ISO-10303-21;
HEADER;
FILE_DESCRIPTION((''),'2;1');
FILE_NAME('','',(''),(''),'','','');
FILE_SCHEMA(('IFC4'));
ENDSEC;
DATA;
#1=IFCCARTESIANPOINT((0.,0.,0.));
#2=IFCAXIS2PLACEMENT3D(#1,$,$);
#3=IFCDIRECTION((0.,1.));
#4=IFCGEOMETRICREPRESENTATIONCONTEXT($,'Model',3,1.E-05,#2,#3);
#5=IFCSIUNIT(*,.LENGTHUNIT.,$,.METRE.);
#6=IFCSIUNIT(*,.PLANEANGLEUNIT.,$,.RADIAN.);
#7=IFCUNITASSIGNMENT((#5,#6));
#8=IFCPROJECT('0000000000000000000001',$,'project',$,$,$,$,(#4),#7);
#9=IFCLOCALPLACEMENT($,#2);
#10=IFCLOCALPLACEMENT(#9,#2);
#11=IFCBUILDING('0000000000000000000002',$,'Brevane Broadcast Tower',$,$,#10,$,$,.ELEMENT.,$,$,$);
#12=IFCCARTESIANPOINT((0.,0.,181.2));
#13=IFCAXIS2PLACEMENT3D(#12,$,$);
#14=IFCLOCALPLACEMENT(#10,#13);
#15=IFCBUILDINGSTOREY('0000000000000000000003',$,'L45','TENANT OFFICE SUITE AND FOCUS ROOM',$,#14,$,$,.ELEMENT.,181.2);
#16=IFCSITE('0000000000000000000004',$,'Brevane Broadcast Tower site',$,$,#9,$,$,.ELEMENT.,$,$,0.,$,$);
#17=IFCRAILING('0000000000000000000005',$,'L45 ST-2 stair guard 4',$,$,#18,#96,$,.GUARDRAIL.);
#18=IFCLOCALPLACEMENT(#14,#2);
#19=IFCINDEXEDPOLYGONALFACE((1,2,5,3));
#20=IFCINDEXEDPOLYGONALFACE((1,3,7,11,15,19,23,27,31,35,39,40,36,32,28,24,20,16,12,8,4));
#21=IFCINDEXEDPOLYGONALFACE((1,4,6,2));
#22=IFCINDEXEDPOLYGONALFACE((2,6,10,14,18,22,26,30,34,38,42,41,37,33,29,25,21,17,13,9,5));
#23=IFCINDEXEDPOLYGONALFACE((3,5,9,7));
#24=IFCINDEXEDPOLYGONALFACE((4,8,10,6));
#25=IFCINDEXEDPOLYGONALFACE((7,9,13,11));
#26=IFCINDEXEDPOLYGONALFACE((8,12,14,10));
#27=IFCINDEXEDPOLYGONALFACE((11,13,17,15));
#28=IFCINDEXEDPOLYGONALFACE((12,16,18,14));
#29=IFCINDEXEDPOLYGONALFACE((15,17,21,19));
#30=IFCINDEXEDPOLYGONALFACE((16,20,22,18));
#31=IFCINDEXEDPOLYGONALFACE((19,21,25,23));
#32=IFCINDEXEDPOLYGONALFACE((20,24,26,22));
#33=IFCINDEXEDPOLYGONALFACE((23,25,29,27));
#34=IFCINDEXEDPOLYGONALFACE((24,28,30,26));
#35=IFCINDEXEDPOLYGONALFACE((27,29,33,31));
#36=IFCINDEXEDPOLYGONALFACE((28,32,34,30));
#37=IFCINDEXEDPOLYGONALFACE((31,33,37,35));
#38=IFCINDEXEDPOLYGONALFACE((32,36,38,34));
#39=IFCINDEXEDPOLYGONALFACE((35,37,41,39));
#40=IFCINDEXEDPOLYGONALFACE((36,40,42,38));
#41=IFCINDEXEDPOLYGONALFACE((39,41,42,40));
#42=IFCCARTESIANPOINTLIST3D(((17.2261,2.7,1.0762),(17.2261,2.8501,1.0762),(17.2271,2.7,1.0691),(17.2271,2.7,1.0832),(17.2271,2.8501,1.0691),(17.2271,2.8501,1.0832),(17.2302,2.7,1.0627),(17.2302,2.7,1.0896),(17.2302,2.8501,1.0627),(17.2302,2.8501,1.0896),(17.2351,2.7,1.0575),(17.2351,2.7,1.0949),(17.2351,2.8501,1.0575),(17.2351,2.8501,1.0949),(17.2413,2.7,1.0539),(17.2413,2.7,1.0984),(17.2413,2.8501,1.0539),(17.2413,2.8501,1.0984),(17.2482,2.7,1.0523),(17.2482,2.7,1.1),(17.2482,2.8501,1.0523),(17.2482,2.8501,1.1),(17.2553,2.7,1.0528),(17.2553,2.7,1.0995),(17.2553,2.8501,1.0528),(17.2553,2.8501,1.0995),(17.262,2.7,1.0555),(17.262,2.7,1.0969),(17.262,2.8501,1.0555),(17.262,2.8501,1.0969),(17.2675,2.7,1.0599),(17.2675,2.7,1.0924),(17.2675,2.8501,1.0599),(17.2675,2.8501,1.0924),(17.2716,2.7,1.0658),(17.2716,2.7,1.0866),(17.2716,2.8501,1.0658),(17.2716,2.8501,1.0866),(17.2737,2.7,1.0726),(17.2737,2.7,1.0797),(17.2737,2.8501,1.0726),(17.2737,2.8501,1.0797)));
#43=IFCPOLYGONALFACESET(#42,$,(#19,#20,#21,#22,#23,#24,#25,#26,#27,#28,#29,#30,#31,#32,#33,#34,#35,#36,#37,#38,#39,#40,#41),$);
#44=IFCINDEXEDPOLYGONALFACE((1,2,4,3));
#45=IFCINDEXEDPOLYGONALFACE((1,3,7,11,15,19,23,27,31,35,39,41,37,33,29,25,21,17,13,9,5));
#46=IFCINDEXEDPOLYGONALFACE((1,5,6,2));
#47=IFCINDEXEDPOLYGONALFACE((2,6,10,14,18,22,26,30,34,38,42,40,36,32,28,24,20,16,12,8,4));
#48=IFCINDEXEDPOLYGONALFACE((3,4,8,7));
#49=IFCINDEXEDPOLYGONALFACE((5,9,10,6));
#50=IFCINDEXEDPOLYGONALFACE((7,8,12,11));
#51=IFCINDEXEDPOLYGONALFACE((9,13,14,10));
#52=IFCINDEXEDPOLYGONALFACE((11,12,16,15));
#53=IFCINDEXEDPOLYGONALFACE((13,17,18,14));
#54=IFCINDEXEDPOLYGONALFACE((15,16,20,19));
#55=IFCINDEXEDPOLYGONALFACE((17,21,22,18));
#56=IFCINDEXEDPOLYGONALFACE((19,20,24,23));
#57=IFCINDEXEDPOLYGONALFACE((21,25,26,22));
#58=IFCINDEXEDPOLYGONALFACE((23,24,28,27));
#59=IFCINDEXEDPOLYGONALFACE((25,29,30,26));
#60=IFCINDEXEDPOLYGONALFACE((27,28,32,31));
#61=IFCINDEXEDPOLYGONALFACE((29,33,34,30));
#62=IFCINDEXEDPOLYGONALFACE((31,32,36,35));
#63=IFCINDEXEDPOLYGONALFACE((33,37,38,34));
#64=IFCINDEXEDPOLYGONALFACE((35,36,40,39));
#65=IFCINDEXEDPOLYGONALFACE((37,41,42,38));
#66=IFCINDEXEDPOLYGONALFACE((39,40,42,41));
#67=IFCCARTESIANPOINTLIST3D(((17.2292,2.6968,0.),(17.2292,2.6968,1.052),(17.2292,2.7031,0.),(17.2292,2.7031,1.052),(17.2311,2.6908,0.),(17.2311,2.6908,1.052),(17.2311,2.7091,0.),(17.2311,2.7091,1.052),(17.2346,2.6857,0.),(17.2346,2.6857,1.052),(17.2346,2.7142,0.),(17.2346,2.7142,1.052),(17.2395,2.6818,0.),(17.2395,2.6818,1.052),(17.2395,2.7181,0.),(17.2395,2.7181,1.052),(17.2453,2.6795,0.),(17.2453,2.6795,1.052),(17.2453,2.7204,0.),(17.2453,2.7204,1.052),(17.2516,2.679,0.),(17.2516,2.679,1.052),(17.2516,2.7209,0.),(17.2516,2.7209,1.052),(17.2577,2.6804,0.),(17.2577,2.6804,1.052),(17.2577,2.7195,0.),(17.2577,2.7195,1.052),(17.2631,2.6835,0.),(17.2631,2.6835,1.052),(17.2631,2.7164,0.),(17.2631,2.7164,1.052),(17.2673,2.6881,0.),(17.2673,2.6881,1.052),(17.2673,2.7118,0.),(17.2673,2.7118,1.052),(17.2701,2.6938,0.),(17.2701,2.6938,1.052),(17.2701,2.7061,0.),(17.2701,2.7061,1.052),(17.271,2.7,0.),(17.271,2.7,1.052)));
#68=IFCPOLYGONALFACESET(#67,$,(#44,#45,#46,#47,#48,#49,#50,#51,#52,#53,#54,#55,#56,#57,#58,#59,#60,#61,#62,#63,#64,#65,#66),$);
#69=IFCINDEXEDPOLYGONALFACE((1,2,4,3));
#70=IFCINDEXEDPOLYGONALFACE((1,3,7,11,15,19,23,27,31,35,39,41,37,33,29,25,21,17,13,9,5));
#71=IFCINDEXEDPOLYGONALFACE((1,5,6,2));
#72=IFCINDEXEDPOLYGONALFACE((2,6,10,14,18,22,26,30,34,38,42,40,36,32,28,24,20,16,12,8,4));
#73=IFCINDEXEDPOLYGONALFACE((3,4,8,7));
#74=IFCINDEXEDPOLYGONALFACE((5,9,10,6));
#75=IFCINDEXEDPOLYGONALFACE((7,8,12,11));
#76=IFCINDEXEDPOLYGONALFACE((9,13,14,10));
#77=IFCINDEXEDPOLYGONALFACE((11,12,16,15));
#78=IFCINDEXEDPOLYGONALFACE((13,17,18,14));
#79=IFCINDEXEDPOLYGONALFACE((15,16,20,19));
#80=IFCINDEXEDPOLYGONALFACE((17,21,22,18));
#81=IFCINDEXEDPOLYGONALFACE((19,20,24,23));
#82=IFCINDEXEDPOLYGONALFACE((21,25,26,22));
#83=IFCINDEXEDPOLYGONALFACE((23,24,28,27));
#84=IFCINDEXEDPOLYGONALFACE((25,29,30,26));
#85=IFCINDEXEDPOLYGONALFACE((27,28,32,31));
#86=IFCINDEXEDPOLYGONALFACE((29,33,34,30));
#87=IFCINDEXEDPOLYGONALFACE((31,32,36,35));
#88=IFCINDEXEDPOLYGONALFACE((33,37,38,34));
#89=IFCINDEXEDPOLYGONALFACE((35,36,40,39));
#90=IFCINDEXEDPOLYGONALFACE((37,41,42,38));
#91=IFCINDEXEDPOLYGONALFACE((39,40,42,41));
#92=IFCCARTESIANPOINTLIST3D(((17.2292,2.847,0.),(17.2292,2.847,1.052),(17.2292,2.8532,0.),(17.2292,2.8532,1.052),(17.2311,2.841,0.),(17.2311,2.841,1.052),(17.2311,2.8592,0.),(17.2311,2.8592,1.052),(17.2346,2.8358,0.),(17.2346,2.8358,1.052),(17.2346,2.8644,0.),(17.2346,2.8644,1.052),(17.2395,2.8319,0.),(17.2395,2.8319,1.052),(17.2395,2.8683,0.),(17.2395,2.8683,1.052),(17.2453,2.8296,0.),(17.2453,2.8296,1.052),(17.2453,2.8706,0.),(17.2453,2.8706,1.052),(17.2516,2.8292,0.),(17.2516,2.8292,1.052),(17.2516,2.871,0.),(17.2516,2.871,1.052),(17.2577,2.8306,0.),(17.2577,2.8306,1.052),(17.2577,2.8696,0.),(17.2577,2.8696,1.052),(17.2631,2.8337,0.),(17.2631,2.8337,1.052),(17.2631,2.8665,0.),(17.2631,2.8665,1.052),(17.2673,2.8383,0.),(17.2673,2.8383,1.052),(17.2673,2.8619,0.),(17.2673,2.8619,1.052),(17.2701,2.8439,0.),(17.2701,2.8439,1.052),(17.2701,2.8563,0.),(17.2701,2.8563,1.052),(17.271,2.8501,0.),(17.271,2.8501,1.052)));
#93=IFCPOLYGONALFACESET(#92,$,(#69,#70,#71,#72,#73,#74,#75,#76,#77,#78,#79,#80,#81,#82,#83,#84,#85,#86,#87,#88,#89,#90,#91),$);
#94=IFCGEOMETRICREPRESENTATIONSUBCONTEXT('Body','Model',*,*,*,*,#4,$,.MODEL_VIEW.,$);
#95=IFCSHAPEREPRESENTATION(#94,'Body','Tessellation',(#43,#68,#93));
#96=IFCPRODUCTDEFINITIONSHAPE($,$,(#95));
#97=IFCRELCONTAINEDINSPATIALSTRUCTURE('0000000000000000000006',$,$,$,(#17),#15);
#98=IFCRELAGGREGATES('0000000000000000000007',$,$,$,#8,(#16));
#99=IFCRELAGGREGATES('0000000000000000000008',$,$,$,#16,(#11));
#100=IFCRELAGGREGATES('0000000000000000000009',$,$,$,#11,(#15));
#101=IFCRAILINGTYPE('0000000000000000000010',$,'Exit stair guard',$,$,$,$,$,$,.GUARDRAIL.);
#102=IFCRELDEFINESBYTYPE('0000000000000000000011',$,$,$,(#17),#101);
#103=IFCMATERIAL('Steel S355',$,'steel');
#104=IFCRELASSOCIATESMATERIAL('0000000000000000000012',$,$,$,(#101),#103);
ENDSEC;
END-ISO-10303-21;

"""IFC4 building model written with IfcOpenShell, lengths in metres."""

from ifc_helpers import new_model, si_unit, direction, frame, origin, origin_2d, place, context, subcontext, project, spatial, circle, extrude, material, type_object, element, save


model = new_model("IFC4")

# Units and contexts
model_context = context("Model", 3, precision=1e-05, world=origin(), true_north=direction((0.0, 1.0)))
body_context = subcontext(model_context, "Body", "Model", "MODEL_VIEW")
ifc_project = project(units=[si_unit("LENGTHUNIT", "METRE"), si_unit("PLANEANGLEUNIT", "RADIAN")], contexts=[model_context])

# Site, building, storey
site_placement = place(None, origin())
site = spatial("IfcSite", under=ifc_project, at=site_placement, Name="Brevane Broadcast Tower site", CompositionType="ELEMENT", RefElevation=0.0)
building_placement = place(site_placement, origin())
building = spatial("IfcBuilding", under=site, at=building_placement, Name="Brevane Broadcast Tower", CompositionType="ELEMENT")
storey_placement = place(building_placement, frame((0.0, 0.0, 181.2)))
storey = spatial("IfcBuildingStorey", under=building, at=storey_placement, Name="L45", Description="TENANT OFFICE SUITE AND FOCUS ROOM", CompositionType="ELEMENT", Elevation=181.2)

# Railing
ifc_material_1 = material(Name="Steel S355", Category="steel")
railing_type = type_object("IfcRailingType", Name="Exit stair guard", PredefinedType="GUARDRAIL", material=ifc_material_1)
railing_placement = place(storey_placement, frame((17.25, 2.7, 0.0)))
element("IfcRailing", 1, at=railing_placement, inside=storey, type_object=railing_type, Name="L45 ST-2 stair guard 4", PredefinedType="GUARDRAIL", context=body_context, shape_type="SweptSolid", body=[
    extrude(circle(Radius=0.0239, at=origin_2d()), frame((0.0, 0.0, 1.0762), z_axis=(0.0, 1.0, 0.0), x_axis=(-1.0, 0.0, 0.0)), (0.0, 0.0, 1.0), 0.1501),
    extrude(circle(Radius=0.021, at=origin_2d()), origin(), (0.0, 0.0, 1.0), 1.052),
    extrude(circle(Radius=0.021, at=origin_2d()), frame((0.0, 0.1501, 0.0)), (0.0, 0.0, 1.0), 1.052),
])

save(model, "model.ifc")
